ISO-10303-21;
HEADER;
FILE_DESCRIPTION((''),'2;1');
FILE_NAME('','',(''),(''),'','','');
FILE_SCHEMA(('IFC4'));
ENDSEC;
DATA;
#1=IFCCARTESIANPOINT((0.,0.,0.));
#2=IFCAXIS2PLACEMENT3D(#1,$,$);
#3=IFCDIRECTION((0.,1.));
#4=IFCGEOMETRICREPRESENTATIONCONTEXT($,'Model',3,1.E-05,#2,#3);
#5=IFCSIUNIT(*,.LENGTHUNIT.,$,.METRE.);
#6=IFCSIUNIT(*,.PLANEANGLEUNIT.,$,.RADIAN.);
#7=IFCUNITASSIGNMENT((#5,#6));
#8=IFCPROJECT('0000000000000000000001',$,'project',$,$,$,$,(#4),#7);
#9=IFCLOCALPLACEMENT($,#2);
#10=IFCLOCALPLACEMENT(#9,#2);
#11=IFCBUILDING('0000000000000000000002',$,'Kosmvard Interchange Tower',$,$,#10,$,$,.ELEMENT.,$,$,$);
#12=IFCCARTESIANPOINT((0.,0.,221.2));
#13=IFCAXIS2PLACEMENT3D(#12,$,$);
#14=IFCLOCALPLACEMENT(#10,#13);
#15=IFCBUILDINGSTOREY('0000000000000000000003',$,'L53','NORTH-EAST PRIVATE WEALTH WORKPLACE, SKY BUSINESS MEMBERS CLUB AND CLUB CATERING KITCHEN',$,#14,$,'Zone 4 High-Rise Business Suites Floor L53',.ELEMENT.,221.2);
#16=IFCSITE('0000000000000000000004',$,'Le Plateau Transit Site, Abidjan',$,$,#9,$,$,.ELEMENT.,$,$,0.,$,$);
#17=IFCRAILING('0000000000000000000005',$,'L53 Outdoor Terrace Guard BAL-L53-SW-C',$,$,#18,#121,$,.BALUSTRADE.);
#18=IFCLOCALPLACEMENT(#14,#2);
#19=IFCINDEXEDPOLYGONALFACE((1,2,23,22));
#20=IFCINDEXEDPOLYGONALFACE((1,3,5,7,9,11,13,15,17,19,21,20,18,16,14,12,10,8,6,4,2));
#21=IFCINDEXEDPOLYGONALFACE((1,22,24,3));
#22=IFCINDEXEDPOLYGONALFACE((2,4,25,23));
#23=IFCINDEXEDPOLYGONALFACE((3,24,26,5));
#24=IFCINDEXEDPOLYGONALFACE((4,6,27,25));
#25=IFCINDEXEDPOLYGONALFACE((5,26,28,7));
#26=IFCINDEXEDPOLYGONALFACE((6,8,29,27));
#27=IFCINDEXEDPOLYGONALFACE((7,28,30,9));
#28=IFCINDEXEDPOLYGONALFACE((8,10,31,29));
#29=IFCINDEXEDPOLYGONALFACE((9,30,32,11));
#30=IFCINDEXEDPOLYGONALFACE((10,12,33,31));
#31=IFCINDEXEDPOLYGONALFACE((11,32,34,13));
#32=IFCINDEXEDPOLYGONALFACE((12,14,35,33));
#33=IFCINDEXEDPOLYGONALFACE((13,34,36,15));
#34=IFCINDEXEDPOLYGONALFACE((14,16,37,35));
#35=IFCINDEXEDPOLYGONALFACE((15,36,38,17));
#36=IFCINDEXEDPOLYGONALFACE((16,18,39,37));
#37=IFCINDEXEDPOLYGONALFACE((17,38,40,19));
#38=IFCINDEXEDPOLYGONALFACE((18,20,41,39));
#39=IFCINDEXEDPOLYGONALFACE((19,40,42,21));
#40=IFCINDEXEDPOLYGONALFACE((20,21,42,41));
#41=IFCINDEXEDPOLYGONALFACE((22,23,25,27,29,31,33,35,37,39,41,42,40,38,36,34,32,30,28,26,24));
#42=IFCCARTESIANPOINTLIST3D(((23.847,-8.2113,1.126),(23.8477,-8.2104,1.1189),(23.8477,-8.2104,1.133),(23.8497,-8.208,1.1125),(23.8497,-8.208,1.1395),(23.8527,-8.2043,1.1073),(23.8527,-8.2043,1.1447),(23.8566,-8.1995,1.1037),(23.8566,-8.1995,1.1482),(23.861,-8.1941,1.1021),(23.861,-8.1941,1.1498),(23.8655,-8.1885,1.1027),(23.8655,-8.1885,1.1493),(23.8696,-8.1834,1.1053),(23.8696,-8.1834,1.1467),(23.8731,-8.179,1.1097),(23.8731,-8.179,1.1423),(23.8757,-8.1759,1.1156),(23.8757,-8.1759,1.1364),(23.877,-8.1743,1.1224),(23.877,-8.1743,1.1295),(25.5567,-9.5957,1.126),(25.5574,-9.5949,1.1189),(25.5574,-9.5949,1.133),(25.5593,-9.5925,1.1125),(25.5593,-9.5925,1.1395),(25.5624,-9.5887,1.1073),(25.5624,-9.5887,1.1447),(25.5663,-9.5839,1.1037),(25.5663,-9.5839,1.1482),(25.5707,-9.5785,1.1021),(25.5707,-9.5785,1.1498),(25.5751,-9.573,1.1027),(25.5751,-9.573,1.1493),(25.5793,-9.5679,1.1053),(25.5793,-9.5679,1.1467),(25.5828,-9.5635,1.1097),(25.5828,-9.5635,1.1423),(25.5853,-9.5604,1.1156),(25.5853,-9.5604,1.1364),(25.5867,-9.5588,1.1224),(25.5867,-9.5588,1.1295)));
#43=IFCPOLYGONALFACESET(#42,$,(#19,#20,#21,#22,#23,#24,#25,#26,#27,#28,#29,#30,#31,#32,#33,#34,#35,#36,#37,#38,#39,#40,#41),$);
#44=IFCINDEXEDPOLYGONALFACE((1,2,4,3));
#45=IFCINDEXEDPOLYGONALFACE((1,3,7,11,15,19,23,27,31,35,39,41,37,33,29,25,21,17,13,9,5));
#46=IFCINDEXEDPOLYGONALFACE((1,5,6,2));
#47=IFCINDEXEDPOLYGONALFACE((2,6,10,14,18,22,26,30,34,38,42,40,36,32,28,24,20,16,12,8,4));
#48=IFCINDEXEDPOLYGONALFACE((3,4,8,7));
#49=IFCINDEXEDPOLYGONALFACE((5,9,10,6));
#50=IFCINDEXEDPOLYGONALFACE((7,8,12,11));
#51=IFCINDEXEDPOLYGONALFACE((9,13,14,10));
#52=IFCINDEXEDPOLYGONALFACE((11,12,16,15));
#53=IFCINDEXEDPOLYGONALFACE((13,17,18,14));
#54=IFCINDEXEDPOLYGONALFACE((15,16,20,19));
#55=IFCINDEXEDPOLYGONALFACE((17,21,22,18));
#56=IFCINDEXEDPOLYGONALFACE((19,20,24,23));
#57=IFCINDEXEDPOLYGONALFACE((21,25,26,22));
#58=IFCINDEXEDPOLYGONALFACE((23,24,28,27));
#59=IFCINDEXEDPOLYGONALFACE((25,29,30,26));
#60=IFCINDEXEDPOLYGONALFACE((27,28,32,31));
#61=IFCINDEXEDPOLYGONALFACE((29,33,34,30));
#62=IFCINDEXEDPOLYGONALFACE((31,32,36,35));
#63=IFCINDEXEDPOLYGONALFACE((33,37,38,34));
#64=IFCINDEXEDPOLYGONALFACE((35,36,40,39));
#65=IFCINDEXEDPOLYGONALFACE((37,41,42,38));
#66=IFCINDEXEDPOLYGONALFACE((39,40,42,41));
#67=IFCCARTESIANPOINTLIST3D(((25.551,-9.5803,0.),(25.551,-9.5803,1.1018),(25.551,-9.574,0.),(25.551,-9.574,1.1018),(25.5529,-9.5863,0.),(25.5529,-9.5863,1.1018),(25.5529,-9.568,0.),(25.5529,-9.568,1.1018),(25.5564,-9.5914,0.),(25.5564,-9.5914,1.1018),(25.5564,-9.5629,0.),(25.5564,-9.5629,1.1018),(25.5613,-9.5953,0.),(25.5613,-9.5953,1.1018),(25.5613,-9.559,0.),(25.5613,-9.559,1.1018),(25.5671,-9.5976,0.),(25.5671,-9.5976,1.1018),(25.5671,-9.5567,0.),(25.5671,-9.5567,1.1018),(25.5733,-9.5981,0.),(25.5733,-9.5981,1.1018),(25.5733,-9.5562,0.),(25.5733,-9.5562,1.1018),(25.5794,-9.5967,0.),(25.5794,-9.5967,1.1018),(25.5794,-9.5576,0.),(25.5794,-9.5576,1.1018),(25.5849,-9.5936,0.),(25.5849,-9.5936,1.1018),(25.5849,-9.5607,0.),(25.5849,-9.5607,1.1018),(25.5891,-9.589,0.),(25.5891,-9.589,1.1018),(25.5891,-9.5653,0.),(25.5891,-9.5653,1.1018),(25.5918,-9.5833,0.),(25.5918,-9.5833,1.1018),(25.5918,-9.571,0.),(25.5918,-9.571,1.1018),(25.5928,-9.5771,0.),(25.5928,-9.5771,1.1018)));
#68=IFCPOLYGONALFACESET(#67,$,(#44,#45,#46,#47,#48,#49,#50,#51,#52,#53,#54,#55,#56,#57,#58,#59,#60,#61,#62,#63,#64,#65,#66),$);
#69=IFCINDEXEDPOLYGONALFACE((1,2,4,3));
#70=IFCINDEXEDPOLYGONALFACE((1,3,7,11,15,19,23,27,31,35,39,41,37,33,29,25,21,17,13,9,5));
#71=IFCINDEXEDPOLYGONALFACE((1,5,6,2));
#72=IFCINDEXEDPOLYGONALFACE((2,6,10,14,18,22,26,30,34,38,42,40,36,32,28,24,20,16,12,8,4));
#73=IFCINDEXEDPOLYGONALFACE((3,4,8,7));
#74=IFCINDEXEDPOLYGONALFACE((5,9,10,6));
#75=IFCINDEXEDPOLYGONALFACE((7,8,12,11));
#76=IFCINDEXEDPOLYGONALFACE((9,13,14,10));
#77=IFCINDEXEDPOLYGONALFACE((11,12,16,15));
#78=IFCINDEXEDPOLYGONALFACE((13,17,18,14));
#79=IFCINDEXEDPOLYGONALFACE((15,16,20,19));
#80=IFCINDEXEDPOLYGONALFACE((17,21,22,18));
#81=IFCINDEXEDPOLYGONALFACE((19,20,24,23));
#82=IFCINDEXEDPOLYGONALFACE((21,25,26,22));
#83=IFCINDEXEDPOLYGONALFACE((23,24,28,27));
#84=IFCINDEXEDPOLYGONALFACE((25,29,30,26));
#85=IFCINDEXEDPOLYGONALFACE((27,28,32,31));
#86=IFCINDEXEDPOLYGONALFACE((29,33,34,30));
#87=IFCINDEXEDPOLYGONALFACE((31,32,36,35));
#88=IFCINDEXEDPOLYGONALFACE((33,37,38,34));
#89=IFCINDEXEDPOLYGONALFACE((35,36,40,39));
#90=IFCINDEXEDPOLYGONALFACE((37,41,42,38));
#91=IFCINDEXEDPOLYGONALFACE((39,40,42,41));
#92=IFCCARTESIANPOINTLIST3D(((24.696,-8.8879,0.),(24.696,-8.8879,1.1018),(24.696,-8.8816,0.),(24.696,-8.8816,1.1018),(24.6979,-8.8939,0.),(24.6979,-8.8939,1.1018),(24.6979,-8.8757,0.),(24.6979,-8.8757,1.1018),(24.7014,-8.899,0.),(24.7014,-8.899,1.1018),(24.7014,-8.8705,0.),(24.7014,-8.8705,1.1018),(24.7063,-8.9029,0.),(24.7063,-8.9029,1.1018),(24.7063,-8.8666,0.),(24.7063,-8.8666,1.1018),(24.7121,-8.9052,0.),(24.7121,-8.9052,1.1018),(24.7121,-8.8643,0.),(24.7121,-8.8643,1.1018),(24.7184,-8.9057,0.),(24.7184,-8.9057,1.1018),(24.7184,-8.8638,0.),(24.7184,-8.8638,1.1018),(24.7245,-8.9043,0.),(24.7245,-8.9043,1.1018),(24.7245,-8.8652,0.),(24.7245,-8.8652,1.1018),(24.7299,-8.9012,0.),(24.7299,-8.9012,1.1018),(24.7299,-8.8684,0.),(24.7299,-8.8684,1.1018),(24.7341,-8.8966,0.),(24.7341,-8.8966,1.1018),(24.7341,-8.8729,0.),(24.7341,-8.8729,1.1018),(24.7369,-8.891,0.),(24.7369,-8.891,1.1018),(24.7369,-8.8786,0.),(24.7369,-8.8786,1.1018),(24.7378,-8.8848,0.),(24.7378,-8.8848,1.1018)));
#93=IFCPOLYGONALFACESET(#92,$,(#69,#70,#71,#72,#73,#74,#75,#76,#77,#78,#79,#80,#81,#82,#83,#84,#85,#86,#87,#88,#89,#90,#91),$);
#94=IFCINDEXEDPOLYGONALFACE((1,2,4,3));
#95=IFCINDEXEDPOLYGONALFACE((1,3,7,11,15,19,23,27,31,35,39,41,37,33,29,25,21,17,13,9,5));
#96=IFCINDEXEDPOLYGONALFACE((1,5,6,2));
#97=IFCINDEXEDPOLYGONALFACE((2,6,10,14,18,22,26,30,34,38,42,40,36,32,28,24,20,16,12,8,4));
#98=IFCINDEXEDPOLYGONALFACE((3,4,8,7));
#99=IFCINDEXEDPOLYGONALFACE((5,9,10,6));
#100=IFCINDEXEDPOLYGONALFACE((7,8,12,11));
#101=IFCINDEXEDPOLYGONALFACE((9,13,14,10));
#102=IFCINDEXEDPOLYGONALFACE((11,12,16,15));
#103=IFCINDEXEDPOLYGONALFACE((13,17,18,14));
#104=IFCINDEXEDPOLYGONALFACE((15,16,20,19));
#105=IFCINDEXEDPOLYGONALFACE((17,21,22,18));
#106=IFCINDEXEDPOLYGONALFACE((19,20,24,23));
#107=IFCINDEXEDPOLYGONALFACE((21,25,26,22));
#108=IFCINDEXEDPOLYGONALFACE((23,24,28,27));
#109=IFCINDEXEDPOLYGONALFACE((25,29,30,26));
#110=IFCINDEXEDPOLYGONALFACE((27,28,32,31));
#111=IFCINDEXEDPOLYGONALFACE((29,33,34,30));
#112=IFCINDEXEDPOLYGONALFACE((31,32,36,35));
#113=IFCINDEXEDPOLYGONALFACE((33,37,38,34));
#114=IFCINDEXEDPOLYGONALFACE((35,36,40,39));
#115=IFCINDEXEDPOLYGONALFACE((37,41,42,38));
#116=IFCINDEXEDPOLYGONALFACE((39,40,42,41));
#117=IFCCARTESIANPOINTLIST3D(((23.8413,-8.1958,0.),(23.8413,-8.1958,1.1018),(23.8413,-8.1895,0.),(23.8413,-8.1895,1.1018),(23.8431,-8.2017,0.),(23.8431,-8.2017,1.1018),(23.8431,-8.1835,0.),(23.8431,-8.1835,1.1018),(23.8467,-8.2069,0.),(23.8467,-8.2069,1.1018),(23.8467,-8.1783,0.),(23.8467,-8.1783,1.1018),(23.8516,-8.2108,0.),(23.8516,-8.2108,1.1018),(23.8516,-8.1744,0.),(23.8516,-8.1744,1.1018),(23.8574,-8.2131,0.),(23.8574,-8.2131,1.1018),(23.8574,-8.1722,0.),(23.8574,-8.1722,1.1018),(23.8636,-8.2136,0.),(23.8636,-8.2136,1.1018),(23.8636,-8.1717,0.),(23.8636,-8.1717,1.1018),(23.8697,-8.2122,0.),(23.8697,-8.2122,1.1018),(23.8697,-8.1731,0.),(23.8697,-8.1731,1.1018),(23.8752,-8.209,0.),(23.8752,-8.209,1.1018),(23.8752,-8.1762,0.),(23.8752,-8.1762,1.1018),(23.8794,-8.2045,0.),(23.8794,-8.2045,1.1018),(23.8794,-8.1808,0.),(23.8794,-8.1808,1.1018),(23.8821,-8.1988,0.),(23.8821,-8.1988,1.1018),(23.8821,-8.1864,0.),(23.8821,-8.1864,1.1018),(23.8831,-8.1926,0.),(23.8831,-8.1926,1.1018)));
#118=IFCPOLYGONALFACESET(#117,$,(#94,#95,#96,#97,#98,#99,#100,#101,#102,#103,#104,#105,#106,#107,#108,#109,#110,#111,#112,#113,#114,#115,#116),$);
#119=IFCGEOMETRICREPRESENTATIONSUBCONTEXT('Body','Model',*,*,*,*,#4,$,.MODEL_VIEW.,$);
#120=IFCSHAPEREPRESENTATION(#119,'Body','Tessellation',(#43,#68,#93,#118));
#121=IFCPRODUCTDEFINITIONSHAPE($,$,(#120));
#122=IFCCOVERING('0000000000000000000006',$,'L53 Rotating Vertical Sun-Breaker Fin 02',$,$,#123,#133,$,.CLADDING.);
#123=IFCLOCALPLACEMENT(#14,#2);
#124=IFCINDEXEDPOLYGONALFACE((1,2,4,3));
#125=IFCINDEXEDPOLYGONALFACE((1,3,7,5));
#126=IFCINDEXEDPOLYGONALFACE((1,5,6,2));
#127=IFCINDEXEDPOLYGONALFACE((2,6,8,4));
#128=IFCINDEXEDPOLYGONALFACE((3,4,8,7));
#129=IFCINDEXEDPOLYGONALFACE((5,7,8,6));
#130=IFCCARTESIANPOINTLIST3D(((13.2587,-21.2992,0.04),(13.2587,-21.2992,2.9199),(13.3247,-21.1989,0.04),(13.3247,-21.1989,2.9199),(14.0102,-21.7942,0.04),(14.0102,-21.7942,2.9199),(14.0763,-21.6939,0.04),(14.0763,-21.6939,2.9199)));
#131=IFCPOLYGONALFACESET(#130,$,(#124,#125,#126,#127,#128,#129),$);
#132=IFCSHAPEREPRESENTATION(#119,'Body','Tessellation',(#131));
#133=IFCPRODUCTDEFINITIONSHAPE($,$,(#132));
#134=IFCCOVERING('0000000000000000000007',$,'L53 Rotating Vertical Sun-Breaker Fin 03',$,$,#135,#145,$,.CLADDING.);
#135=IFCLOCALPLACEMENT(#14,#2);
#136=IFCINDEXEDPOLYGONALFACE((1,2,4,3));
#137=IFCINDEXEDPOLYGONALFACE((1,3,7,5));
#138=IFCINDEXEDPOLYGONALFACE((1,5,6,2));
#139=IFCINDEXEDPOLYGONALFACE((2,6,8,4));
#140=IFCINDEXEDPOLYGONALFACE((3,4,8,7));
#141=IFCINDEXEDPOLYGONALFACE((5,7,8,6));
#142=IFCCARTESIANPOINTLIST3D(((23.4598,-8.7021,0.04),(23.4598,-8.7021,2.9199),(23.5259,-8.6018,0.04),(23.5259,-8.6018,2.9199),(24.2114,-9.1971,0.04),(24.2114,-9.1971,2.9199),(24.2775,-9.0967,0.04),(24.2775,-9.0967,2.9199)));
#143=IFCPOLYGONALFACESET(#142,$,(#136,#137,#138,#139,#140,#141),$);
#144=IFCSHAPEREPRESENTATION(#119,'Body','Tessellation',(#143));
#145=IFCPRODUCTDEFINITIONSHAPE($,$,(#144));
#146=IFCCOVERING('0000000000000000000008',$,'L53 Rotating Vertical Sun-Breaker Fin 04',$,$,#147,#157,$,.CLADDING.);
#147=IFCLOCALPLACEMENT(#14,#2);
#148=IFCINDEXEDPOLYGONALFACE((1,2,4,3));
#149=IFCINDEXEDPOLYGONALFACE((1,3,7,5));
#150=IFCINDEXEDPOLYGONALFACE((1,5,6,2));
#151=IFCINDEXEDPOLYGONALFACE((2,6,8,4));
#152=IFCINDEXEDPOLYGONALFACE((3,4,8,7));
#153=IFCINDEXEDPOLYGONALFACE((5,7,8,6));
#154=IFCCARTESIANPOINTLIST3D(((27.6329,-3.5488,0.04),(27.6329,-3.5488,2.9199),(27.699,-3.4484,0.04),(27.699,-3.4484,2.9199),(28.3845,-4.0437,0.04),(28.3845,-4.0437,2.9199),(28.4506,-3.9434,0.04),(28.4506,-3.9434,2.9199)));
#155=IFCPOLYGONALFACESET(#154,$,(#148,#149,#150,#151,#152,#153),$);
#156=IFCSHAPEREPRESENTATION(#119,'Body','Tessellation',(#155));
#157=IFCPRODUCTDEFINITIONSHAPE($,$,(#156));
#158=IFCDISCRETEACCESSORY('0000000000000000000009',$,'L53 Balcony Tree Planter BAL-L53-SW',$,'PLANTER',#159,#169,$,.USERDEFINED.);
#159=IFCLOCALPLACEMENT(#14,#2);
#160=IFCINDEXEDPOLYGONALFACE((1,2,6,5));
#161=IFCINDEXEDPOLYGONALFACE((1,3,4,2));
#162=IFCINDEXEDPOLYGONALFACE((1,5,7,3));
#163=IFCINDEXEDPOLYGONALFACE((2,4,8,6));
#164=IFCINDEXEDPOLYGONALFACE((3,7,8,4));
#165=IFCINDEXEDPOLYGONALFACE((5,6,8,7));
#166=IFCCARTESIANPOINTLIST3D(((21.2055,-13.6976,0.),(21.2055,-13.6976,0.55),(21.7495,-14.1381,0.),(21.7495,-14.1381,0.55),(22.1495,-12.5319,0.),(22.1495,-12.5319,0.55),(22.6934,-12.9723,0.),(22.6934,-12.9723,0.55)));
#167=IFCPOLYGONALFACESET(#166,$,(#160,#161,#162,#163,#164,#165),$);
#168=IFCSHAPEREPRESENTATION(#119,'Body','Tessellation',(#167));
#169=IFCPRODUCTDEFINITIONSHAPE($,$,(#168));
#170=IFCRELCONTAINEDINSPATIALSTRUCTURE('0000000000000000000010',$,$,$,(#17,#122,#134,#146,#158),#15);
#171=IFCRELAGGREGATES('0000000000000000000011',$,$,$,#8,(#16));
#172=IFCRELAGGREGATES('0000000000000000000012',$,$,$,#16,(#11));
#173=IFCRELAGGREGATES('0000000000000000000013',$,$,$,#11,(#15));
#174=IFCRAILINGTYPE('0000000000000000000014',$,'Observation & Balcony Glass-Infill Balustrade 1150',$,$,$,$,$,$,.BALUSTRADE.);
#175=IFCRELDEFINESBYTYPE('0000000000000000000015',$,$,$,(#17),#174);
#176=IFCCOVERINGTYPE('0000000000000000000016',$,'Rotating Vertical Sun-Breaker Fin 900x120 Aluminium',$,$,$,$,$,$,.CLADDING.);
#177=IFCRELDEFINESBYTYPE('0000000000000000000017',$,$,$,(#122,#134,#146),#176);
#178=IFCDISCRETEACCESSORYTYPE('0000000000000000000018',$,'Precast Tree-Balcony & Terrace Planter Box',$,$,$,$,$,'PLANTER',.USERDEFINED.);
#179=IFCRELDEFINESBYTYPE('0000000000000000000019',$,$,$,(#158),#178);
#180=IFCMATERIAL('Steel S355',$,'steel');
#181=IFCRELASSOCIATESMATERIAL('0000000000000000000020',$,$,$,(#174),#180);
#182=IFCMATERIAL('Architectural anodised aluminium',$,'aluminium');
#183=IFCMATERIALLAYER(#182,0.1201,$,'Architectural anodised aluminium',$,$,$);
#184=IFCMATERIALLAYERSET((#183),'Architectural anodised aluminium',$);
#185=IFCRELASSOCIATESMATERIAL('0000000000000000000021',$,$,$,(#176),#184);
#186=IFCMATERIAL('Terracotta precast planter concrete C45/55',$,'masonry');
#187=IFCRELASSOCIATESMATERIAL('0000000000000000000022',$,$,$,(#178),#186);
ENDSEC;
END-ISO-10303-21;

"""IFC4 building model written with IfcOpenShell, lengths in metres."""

from ifc_helpers import new_model, si_unit, direction, frame, origin, origin_2d, place, context, subcontext, project, spatial, rectangle, circle, extrude, source, transform, mapped, material, layer, layer_set, type_object, element, save


model = new_model("IFC4")

# Units and contexts
model_context = context("Model", 3, precision=1e-05, world=origin(), true_north=direction((0.0, 1.0)))
body_context = subcontext(model_context, "Body", "Model", "MODEL_VIEW")
ifc_project = project(units=[si_unit("LENGTHUNIT", "METRE"), si_unit("PLANEANGLEUNIT", "RADIAN")], contexts=[model_context])

# Site, building, storey
site_placement = place(None, origin())
site = spatial("IfcSite", under=ifc_project, at=site_placement, Name="Le Plateau Transit Site, Abidjan", CompositionType="ELEMENT", RefElevation=0.0)
building_placement = place(site_placement, origin())
building = spatial("IfcBuilding", under=site, at=building_placement, Name="Kosmvard Interchange Tower", CompositionType="ELEMENT")
storey_placement = place(building_placement, frame((0.0, 0.0, 221.2)))
storey = spatial("IfcBuildingStorey", under=building, at=storey_placement, Name="L53", Description="NORTH-EAST PRIVATE WEALTH WORKPLACE, SKY BUSINESS MEMBERS CLUB AND CLUB CATERING KITCHEN", LongName="Zone 4 High-Rise Business Suites Floor L53", CompositionType="ELEMENT", Elevation=221.2)

# Shared definitions
ifc_material_1 = material(Name="Steel S355", Category="steel")

# Railing
railing_type = type_object("IfcRailingType", Name="Observation & Balcony Glass-Infill Balustrade 1150", PredefinedType="BALUSTRADE", material=ifc_material_1)
shared_shape_1 = source(origin(), body_context, "Body", "SweptSolid", [
    extrude(circle(Radius=0.0239, at=origin_2d()), frame((0.0, 0.0, 1.126), z_axis=(-0.777141, 0.629326, 0.0), x_axis=(-0.629326, -0.777141, 0.0)), (0.0, 0.0, 1.0), 2.2),
    extrude(circle(Radius=0.021, at=origin_2d()), origin(), (0.0, 0.0, 1.0), 1.1018),
    extrude(circle(Radius=0.021, at=origin_2d()), frame((-0.855, 0.6924, 0.0)), (0.0, 0.0, 1.0), 1.1018),
    extrude(circle(Radius=0.021, at=origin_2d()), frame((-1.7097, 1.3845, 0.0)), (0.0, 0.0, 1.0), 1.1018),
])
railing_1_placement = place(storey_placement, frame((25.5718, -9.5771, 0.0)))
element("IfcRailing", 1, at=railing_1_placement, inside=storey, type_object=railing_type, Name="L53 Outdoor Terrace Guard BAL-L53-SW-C", PredefinedType="BALUSTRADE", context=body_context, shape_type="MappedRepresentation", body=[
    mapped(shared_shape_1, transform((0.0, 0.0, 0.0), scale=1.0)),
])

# Coverings
ifc_material_2 = material(Name="Architectural anodised aluminium", Category="aluminium")
ifc_layer_1 = layer(ifc_material_2, 0.1201, Name="Architectural anodised aluminium")
ifc_layer_set_1 = layer_set([ifc_layer_1], Name="Architectural anodised aluminium")
covering_type = type_object("IfcCoveringType", Name="Rotating Vertical Sun-Breaker Fin 900x120 Aluminium", PredefinedType="CLADDING", material=ifc_layer_set_1)
shared_shape_2 = source(origin(), body_context, "Body", "SweptSolid", [
    extrude(rectangle(XDim=0.8999, YDim=0.1201, at=origin_2d()), origin(), (0.0, 0.0, 1.0), 2.8799),
])
for number, where, z_axis, x_axis, name in (
    (2, (13.6675, -21.4966, 0.04), (0.0, 0.0, 1.0), (0.835136, -0.550044, 0.0), "L53 Rotating Vertical Sun-Breaker Fin 02"),
    (3, (23.8687, -8.8994, 0.04), (0.0, 0.0, 1.0), (0.835136, -0.550044, 0.0), "L53 Rotating Vertical Sun-Breaker Fin 03"),
    (4, (28.0417, -3.7461, 0.04), (0.0, 0.0, 1.0), (0.835136, -0.550044, 0.0), "L53 Rotating Vertical Sun-Breaker Fin 04"),
):
    element("IfcCovering", number, at=place(storey_placement, frame(where, z_axis=z_axis, x_axis=x_axis)), inside=storey, type_object=covering_type, Name=name, PredefinedType="CLADDING", context=body_context, shape_type="MappedRepresentation", body=[
        mapped(shared_shape_2, transform((0.0, 0.0, 0.0), scale=1.0)),
    ])

# Discrete accessory
ifc_material_3 = material(Name="Terracotta precast planter concrete C45/55", Category="masonry")
discrete_accessory_type = type_object("IfcDiscreteAccessoryType", Name="Precast Tree-Balcony & Terrace Planter Box", ElementType="PLANTER", PredefinedType="USERDEFINED", material=ifc_material_3)
shared_shape_3 = source(origin(), body_context, "Body", "SweptSolid", [
    extrude(rectangle(XDim=1.5, YDim=0.7, at=origin_2d()), origin(), (0.0, 0.0, 1.0), 0.55),
])
discrete_accessory_placement = place(storey_placement, frame((21.9495, -13.335, 0.0), z_axis=(0.0, 0.0, 1.0), x_axis=(0.62932, 0.777146, 0.0)))
element("IfcDiscreteAccessory", 5, at=discrete_accessory_placement, inside=storey, type_object=discrete_accessory_type, Name="L53 Balcony Tree Planter BAL-L53-SW", ObjectType="PLANTER", PredefinedType="USERDEFINED", context=body_context, shape_type="MappedRepresentation", body=[
    mapped(shared_shape_3, transform((0.0, 0.0, 0.0), scale=1.0)),
])

save(model, "model.ifc")
